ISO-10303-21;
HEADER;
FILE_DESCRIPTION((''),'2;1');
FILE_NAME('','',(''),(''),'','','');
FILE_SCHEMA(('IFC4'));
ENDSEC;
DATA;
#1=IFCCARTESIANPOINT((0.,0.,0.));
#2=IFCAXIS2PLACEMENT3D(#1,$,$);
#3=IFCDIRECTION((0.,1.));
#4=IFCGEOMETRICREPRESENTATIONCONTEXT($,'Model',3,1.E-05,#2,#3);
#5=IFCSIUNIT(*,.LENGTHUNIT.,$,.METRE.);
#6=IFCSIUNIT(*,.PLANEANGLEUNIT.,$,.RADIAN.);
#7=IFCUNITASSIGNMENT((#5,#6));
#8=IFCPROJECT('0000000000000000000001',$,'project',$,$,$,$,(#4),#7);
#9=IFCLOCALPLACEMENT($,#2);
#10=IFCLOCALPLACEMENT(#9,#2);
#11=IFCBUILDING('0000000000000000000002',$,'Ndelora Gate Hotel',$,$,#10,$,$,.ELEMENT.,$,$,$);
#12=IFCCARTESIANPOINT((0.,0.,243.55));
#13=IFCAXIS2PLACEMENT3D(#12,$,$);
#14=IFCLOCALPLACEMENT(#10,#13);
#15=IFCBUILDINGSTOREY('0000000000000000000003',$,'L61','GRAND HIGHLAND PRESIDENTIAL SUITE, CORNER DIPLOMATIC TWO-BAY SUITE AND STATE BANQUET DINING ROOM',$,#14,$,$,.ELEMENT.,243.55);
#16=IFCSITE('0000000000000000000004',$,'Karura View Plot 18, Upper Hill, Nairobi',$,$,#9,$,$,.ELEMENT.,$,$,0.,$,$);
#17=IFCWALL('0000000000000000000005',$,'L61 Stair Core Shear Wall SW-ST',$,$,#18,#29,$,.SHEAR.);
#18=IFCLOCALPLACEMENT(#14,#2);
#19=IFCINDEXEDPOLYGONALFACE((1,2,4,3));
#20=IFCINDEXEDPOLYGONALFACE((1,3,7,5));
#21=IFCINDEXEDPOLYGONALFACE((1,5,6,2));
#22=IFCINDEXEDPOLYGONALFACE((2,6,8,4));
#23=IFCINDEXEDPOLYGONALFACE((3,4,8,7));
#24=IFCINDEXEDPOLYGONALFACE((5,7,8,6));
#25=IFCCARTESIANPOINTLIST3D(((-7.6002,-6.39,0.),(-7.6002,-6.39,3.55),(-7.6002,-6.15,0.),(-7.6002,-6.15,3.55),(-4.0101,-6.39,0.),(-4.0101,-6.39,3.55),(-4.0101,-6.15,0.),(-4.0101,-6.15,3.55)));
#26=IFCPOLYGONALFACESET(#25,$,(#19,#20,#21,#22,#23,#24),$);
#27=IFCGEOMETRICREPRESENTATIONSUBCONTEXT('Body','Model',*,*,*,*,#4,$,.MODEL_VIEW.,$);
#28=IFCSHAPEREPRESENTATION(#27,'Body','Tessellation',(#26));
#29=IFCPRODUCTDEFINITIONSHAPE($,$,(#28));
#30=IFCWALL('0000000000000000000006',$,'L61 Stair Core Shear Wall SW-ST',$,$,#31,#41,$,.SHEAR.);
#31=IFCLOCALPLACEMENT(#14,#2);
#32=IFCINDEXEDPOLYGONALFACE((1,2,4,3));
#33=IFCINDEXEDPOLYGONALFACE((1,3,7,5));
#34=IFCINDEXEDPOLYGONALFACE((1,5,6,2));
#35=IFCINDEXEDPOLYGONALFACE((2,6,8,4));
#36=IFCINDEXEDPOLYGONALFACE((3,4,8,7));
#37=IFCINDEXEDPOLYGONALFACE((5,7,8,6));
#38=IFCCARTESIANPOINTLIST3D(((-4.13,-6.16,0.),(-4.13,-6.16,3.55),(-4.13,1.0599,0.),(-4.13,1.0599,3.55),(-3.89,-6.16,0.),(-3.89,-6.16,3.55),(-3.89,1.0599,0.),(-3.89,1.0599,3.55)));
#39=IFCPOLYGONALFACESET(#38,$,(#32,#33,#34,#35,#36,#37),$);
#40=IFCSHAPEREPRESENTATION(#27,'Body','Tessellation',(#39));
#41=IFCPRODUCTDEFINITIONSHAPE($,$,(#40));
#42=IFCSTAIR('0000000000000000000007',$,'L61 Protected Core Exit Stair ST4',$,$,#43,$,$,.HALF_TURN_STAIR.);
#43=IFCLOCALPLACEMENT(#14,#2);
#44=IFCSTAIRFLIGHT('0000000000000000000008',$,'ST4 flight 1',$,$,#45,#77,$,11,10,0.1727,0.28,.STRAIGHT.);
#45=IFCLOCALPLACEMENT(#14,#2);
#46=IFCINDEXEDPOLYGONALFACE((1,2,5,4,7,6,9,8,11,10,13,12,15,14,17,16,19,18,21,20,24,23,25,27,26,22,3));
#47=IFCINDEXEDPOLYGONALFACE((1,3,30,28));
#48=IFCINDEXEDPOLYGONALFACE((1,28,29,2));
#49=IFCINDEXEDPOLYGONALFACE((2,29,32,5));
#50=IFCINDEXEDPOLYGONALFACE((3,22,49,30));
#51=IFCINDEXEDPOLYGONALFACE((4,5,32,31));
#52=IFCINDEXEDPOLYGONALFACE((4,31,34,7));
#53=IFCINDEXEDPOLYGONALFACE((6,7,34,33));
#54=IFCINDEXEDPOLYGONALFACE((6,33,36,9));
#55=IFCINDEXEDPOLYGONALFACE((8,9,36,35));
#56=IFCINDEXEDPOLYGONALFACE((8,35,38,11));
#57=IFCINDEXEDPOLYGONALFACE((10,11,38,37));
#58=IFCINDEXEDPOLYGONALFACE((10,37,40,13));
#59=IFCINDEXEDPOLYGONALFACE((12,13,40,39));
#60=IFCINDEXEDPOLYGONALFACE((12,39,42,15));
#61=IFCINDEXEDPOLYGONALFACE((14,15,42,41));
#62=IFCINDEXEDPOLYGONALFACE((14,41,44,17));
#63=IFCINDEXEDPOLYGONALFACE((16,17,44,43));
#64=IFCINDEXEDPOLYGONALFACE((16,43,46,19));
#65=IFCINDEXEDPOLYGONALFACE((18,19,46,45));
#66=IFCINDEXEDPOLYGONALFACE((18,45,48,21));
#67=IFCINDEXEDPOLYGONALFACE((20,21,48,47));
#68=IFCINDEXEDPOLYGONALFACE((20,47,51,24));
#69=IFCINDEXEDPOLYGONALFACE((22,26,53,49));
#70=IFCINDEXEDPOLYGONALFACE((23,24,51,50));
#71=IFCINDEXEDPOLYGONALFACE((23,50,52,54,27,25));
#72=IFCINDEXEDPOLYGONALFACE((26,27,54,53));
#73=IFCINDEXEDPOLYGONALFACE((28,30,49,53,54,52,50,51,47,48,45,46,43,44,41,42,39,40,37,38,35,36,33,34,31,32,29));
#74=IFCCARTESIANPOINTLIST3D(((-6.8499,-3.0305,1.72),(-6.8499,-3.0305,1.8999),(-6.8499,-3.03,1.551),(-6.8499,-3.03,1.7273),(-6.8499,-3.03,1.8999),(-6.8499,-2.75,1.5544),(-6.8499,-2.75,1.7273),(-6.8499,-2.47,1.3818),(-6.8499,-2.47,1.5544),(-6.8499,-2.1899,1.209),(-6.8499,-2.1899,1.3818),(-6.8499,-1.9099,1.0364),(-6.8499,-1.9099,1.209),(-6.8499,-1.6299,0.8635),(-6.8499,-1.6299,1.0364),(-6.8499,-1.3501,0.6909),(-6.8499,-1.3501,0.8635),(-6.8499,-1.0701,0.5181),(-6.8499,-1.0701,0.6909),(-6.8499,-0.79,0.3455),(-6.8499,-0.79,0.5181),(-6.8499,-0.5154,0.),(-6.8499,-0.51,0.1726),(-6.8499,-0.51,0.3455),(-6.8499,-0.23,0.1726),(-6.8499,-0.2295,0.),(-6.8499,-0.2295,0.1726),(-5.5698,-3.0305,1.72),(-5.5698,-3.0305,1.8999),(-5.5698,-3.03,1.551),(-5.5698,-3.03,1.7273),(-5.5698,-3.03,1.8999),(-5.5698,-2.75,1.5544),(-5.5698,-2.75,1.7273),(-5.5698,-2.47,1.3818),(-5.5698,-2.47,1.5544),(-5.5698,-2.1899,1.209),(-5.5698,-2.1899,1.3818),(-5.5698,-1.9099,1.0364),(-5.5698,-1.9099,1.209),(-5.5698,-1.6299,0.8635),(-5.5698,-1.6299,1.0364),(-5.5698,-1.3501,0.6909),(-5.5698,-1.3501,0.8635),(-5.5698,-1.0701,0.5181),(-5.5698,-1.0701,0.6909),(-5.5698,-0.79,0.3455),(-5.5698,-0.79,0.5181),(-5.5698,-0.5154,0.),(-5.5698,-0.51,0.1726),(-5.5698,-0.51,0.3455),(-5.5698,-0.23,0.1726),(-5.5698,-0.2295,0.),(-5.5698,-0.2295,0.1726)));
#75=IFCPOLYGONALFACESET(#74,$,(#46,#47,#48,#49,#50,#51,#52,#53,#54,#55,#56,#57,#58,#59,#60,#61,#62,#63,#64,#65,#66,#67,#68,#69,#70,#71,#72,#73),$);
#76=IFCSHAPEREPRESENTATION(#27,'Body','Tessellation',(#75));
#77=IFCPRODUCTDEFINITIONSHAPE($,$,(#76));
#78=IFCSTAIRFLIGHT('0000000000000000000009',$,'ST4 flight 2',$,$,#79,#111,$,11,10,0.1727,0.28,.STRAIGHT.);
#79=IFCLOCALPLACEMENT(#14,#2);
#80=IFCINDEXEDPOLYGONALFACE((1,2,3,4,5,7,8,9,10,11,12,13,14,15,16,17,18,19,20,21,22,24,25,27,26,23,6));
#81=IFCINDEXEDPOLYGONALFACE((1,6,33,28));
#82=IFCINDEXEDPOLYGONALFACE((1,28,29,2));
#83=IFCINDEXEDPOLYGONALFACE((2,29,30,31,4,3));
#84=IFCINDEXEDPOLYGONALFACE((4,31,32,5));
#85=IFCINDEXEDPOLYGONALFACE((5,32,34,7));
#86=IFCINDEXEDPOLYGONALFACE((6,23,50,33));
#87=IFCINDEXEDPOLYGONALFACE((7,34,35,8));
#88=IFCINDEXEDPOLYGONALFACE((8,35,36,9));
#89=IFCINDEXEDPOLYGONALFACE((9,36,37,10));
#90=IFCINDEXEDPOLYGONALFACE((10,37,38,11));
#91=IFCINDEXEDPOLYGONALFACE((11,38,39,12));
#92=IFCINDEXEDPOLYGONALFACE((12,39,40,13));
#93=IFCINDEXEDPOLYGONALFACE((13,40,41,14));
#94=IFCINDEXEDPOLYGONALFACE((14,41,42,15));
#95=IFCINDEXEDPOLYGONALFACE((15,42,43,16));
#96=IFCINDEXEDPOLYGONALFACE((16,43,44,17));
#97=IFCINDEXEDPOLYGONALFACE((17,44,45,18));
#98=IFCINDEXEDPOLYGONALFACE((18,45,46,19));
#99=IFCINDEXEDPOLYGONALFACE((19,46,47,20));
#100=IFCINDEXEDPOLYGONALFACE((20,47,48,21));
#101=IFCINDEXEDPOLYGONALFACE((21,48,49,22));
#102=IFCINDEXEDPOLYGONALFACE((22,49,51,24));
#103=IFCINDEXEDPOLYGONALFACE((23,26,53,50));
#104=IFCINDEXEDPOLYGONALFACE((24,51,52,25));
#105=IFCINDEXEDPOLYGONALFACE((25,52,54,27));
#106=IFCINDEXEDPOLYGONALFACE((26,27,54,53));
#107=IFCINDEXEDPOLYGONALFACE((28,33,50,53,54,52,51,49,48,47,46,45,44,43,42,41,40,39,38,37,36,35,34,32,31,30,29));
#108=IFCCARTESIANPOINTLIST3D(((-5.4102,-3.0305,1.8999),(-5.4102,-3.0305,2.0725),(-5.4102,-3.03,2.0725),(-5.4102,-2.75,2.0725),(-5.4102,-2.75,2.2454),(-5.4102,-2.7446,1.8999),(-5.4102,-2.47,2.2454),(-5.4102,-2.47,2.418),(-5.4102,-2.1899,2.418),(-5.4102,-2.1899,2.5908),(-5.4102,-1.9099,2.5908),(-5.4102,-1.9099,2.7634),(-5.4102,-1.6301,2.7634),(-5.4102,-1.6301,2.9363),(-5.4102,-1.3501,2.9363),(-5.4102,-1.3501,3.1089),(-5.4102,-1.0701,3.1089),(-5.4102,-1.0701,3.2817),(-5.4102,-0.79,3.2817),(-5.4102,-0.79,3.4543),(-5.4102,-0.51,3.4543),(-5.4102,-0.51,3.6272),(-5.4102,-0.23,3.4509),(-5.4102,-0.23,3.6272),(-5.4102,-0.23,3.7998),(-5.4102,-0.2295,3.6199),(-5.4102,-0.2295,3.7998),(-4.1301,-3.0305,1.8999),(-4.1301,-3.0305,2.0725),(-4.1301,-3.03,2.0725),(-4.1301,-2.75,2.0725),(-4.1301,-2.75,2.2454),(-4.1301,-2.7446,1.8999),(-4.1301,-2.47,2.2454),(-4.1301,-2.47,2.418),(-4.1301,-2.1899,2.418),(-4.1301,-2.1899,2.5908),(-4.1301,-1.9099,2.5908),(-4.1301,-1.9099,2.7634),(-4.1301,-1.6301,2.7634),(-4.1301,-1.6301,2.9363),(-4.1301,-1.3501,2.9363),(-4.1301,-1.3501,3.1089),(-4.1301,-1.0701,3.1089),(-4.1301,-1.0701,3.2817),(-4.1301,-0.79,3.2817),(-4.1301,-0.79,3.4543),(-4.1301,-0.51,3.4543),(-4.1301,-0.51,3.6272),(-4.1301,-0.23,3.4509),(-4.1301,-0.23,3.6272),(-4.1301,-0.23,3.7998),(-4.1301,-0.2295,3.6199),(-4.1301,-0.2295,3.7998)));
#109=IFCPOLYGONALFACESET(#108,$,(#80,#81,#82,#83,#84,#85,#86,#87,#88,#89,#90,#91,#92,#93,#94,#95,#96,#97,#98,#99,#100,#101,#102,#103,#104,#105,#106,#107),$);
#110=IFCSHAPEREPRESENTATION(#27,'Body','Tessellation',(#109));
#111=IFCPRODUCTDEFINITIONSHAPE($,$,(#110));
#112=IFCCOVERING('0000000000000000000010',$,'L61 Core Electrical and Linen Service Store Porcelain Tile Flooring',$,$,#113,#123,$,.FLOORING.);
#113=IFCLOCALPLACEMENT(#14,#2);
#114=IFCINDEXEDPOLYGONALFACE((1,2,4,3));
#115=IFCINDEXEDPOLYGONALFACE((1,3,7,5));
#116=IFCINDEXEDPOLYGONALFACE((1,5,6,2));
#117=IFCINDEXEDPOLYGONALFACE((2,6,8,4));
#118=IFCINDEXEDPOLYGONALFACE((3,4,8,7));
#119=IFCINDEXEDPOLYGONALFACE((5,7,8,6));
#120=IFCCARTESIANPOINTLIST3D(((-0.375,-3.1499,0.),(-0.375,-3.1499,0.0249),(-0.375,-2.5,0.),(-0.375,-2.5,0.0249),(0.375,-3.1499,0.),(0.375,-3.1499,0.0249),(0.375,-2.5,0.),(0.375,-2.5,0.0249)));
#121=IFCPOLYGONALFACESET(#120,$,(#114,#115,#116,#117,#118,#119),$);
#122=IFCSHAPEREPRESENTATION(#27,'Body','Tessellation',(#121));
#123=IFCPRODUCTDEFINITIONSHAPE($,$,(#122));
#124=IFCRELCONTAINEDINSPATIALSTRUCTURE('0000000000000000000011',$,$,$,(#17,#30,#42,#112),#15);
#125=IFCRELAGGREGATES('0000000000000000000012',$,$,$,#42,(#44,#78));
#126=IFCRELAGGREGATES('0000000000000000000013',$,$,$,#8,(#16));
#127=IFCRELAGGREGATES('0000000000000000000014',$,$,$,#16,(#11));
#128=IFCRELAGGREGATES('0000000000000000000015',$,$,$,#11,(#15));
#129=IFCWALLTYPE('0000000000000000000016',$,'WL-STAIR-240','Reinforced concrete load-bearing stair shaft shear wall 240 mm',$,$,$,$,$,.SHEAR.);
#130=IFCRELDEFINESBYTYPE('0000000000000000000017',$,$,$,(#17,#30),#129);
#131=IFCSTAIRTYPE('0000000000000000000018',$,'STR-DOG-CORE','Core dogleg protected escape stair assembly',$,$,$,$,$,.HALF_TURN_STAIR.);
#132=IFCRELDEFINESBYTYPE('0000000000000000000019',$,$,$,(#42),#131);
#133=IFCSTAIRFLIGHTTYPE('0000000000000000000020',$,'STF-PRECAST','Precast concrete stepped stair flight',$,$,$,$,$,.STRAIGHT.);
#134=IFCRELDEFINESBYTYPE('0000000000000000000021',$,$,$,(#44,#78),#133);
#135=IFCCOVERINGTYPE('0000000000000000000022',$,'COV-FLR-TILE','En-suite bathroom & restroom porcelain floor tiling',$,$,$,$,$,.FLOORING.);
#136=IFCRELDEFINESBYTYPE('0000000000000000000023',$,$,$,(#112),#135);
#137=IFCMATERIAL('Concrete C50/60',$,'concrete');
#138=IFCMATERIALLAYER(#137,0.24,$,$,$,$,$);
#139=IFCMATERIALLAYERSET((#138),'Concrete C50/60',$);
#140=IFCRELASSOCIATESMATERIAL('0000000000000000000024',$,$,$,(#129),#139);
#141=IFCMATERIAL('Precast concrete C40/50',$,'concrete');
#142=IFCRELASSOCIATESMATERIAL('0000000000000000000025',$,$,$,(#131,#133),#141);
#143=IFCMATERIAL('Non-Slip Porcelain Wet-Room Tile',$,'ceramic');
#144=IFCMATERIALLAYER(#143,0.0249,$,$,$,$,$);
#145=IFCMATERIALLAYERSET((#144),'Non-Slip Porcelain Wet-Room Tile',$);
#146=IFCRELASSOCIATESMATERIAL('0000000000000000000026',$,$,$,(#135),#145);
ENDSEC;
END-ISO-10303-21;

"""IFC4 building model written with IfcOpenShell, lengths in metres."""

from ifc_helpers import new_model, si_unit, direction, frame, frame_2d, origin, origin_2d, place, context, subcontext, project, spatial, polyline, rectangle, outline, extrude, material, layer, layer_set, type_object, element, aggregate, save


model = new_model("IFC4")

# Units and contexts
model_context = context("Model", 3, precision=1e-05, world=origin(), true_north=direction((0.0, 1.0)))
body_context = subcontext(model_context, "Body", "Model", "MODEL_VIEW")
ifc_project = project(units=[si_unit("LENGTHUNIT", "METRE"), si_unit("PLANEANGLEUNIT", "RADIAN")], contexts=[model_context])

# Site, building, storey
site_placement = place(None, origin())
site = spatial("IfcSite", under=ifc_project, at=site_placement, Name="Karura View Plot 18, Upper Hill, Nairobi", CompositionType="ELEMENT", RefElevation=0.0)
building_placement = place(site_placement, origin())
building = spatial("IfcBuilding", under=site, at=building_placement, Name="Ndelora Gate Hotel", CompositionType="ELEMENT")
storey_placement = place(building_placement, frame((0.0, 0.0, 243.55)))
storey = spatial("IfcBuildingStorey", under=building, at=storey_placement, Name="L61", Description="GRAND HIGHLAND PRESIDENTIAL SUITE, CORNER DIPLOMATIC TWO-BAY SUITE AND STATE BANQUET DINING ROOM", CompositionType="ELEMENT", Elevation=243.55)

# Shared definitions
ifc_material_1 = material(Name="Concrete C50/60", Category="concrete")

# Walls
ifc_layer_1 = layer(ifc_material_1, 0.24)
ifc_layer_set_1 = layer_set([ifc_layer_1], Name="Concrete C50/60")
wall_type_1 = type_object("IfcWallType", Name="WL-STAIR-240", Description="Reinforced concrete load-bearing stair shaft shear wall 240 mm", PredefinedType="SHEAR", material=ifc_layer_set_1)
wall_1_placement = place(storey_placement, frame((-7.6001, -6.27, 0.0), z_axis=(0.0, 0.0, 1.0), x_axis=(1.0, 0.0, 0.0)))
element("IfcWall", 1, at=wall_1_placement, inside=storey, type_object=wall_type_1, Name="L61 Stair Core Shear Wall SW-ST", PredefinedType="SHEAR", context=body_context, shape_type="SweptSolid", body=[
    extrude(rectangle(XDim=3.5901, YDim=0.24, at=frame_2d((1.7949, 0.0))), origin(), (0.0, 0.0, 1.0), 3.55),
])
wall_2_placement = place(storey_placement, frame((-4.01, -6.1599, 0.0), z_axis=(0.0, 0.0, 1.0), x_axis=(0.0, 1.0, 0.0)))
element("IfcWall", 2, at=wall_2_placement, inside=storey, type_object=wall_type_1, Name="L61 Stair Core Shear Wall SW-ST", PredefinedType="SHEAR", context=body_context, shape_type="SweptSolid", body=[
    extrude(rectangle(XDim=7.22, YDim=0.24, at=frame_2d((3.6099, 0.0))), origin(), (0.0, 0.0, 1.0), 3.55),
])

# Stair, stair flights
ifc_material_2 = material(Name="Precast concrete C40/50", Category="concrete")
stair_type = type_object("IfcStairType", Name="STR-DOG-CORE", Description="Core dogleg protected escape stair assembly", PredefinedType="HALF_TURN_STAIR", material=ifc_material_2)
stair_placement = place(storey_placement, origin())
stair = element("IfcStair", 3, at=stair_placement, inside=storey, type_object=stair_type, Name="L61 Protected Core Exit Stair ST4", PredefinedType="HALF_TURN_STAIR")
stair_flight_type = type_object("IfcStairFlightType", Name="STF-PRECAST", Description="Precast concrete stepped stair flight", PredefinedType="STRAIGHT", material=ifc_material_2)
stair_flight_1_placement = place(storey_placement, frame((-6.21, -0.23, 0.0), z_axis=(0.0, 0.0, 1.0), x_axis=(0.0, -1.0, 0.0)))
stair_flight_1 = element("IfcStairFlight", 4, at=stair_flight_1_placement, type_object=stair_flight_type, Name="ST4 flight 1", NumberOfRisers=11, NumberOfTreads=10, PredefinedType="STRAIGHT", RiserHeight=0.1727, TreadLength=0.28, context=body_context, shape_type="SweptSolid", body=[
    extrude(outline(polyline([(-0.0005, 0.0), (-0.0005, 0.1726), (0.0, 0.1726), (0.28, 0.1726), (0.28, 0.3455), (0.5601, 0.3455), (0.5601, 0.5181), (0.8401, 0.5181), (0.8401, 0.6909), (1.1201, 0.6909), (1.1201, 0.8635), (1.3999, 0.8635), (1.3999, 1.0364), (1.6799, 1.0364), (1.6799, 1.209), (1.96, 1.209), (1.96, 1.3818), (2.24, 1.3818), (2.24, 1.5544), (2.52, 1.5544), (2.52, 1.7273), (2.8, 1.7273), (2.8, 1.8999), (2.8005, 1.8999), (2.8005, 1.72), (2.8, 1.551), (0.2854, 0.0), (-0.0005, 0.0)])), frame((0.0, 0.6401, 0.0), z_axis=(0.0, -1.0, 0.0), x_axis=(1.0, 0.0, 0.0)), (0.0, 0.0, 1.0), 1.28),
])
stair_flight_2_placement = place(storey_placement, frame((-4.77, -3.03, 1.8999), z_axis=(0.0, 0.0, 1.0), x_axis=(0.0, 1.0, 0.0)))
stair_flight_2 = element("IfcStairFlight", 5, at=stair_flight_2_placement, type_object=stair_flight_type, Name="ST4 flight 2", NumberOfRisers=11, NumberOfTreads=10, PredefinedType="STRAIGHT", RiserHeight=0.1727, TreadLength=0.28, context=body_context, shape_type="SweptSolid", body=[
    extrude(outline(polyline([(-0.0005, 0.0), (-0.0005, 0.1726), (0.0, 0.1726), (0.28, 0.1726), (0.28, 0.3455), (0.5601, 0.3455), (0.5601, 0.5181), (0.8401, 0.5181), (0.8401, 0.6909), (1.1201, 0.6909), (1.1201, 0.8635), (1.3999, 0.8635), (1.3999, 1.0364), (1.6799, 1.0364), (1.6799, 1.209), (1.96, 1.209), (1.96, 1.3818), (2.24, 1.3818), (2.24, 1.5544), (2.52, 1.5544), (2.52, 1.7273), (2.8, 1.7273), (2.8, 1.8999), (2.8005, 1.8999), (2.8005, 1.72), (2.8, 1.551), (0.2854, 0.0), (-0.0005, 0.0)])), frame((0.0, 0.6401, 0.0), z_axis=(0.0, -1.0, 0.0), x_axis=(1.0, 0.0, 0.0)), (0.0, 0.0, 1.0), 1.28),
])
aggregate(stair, [stair_flight_1, stair_flight_2])

# Covering
ifc_material_3 = material(Name="Non-Slip Porcelain Wet-Room Tile", Category="ceramic")
ifc_layer_2 = layer(ifc_material_3, 0.0249)
ifc_layer_set_2 = layer_set([ifc_layer_2], Name="Non-Slip Porcelain Wet-Room Tile")
covering_type = type_object("IfcCoveringType", Name="COV-FLR-TILE", Description="En-suite bathroom & restroom porcelain floor tiling", PredefinedType="FLOORING", material=ifc_layer_set_2)
covering_placement = place(storey_placement, frame((0.0, -2.825, 0.0), z_axis=(0.0, 0.0, 1.0), x_axis=(1.0, 0.0, 0.0)))
element("IfcCovering", 6, at=covering_placement, inside=storey, type_object=covering_type, Name="L61 Core Electrical and Linen Service Store Porcelain Tile Flooring", PredefinedType="FLOORING", context=body_context, shape_type="SweptSolid", body=[
    extrude(rectangle(XDim=0.75, YDim=0.6499, at=origin_2d()), origin(), (0.0, 0.0, 1.0), 0.0249),
])

save(model, "model.ifc")
